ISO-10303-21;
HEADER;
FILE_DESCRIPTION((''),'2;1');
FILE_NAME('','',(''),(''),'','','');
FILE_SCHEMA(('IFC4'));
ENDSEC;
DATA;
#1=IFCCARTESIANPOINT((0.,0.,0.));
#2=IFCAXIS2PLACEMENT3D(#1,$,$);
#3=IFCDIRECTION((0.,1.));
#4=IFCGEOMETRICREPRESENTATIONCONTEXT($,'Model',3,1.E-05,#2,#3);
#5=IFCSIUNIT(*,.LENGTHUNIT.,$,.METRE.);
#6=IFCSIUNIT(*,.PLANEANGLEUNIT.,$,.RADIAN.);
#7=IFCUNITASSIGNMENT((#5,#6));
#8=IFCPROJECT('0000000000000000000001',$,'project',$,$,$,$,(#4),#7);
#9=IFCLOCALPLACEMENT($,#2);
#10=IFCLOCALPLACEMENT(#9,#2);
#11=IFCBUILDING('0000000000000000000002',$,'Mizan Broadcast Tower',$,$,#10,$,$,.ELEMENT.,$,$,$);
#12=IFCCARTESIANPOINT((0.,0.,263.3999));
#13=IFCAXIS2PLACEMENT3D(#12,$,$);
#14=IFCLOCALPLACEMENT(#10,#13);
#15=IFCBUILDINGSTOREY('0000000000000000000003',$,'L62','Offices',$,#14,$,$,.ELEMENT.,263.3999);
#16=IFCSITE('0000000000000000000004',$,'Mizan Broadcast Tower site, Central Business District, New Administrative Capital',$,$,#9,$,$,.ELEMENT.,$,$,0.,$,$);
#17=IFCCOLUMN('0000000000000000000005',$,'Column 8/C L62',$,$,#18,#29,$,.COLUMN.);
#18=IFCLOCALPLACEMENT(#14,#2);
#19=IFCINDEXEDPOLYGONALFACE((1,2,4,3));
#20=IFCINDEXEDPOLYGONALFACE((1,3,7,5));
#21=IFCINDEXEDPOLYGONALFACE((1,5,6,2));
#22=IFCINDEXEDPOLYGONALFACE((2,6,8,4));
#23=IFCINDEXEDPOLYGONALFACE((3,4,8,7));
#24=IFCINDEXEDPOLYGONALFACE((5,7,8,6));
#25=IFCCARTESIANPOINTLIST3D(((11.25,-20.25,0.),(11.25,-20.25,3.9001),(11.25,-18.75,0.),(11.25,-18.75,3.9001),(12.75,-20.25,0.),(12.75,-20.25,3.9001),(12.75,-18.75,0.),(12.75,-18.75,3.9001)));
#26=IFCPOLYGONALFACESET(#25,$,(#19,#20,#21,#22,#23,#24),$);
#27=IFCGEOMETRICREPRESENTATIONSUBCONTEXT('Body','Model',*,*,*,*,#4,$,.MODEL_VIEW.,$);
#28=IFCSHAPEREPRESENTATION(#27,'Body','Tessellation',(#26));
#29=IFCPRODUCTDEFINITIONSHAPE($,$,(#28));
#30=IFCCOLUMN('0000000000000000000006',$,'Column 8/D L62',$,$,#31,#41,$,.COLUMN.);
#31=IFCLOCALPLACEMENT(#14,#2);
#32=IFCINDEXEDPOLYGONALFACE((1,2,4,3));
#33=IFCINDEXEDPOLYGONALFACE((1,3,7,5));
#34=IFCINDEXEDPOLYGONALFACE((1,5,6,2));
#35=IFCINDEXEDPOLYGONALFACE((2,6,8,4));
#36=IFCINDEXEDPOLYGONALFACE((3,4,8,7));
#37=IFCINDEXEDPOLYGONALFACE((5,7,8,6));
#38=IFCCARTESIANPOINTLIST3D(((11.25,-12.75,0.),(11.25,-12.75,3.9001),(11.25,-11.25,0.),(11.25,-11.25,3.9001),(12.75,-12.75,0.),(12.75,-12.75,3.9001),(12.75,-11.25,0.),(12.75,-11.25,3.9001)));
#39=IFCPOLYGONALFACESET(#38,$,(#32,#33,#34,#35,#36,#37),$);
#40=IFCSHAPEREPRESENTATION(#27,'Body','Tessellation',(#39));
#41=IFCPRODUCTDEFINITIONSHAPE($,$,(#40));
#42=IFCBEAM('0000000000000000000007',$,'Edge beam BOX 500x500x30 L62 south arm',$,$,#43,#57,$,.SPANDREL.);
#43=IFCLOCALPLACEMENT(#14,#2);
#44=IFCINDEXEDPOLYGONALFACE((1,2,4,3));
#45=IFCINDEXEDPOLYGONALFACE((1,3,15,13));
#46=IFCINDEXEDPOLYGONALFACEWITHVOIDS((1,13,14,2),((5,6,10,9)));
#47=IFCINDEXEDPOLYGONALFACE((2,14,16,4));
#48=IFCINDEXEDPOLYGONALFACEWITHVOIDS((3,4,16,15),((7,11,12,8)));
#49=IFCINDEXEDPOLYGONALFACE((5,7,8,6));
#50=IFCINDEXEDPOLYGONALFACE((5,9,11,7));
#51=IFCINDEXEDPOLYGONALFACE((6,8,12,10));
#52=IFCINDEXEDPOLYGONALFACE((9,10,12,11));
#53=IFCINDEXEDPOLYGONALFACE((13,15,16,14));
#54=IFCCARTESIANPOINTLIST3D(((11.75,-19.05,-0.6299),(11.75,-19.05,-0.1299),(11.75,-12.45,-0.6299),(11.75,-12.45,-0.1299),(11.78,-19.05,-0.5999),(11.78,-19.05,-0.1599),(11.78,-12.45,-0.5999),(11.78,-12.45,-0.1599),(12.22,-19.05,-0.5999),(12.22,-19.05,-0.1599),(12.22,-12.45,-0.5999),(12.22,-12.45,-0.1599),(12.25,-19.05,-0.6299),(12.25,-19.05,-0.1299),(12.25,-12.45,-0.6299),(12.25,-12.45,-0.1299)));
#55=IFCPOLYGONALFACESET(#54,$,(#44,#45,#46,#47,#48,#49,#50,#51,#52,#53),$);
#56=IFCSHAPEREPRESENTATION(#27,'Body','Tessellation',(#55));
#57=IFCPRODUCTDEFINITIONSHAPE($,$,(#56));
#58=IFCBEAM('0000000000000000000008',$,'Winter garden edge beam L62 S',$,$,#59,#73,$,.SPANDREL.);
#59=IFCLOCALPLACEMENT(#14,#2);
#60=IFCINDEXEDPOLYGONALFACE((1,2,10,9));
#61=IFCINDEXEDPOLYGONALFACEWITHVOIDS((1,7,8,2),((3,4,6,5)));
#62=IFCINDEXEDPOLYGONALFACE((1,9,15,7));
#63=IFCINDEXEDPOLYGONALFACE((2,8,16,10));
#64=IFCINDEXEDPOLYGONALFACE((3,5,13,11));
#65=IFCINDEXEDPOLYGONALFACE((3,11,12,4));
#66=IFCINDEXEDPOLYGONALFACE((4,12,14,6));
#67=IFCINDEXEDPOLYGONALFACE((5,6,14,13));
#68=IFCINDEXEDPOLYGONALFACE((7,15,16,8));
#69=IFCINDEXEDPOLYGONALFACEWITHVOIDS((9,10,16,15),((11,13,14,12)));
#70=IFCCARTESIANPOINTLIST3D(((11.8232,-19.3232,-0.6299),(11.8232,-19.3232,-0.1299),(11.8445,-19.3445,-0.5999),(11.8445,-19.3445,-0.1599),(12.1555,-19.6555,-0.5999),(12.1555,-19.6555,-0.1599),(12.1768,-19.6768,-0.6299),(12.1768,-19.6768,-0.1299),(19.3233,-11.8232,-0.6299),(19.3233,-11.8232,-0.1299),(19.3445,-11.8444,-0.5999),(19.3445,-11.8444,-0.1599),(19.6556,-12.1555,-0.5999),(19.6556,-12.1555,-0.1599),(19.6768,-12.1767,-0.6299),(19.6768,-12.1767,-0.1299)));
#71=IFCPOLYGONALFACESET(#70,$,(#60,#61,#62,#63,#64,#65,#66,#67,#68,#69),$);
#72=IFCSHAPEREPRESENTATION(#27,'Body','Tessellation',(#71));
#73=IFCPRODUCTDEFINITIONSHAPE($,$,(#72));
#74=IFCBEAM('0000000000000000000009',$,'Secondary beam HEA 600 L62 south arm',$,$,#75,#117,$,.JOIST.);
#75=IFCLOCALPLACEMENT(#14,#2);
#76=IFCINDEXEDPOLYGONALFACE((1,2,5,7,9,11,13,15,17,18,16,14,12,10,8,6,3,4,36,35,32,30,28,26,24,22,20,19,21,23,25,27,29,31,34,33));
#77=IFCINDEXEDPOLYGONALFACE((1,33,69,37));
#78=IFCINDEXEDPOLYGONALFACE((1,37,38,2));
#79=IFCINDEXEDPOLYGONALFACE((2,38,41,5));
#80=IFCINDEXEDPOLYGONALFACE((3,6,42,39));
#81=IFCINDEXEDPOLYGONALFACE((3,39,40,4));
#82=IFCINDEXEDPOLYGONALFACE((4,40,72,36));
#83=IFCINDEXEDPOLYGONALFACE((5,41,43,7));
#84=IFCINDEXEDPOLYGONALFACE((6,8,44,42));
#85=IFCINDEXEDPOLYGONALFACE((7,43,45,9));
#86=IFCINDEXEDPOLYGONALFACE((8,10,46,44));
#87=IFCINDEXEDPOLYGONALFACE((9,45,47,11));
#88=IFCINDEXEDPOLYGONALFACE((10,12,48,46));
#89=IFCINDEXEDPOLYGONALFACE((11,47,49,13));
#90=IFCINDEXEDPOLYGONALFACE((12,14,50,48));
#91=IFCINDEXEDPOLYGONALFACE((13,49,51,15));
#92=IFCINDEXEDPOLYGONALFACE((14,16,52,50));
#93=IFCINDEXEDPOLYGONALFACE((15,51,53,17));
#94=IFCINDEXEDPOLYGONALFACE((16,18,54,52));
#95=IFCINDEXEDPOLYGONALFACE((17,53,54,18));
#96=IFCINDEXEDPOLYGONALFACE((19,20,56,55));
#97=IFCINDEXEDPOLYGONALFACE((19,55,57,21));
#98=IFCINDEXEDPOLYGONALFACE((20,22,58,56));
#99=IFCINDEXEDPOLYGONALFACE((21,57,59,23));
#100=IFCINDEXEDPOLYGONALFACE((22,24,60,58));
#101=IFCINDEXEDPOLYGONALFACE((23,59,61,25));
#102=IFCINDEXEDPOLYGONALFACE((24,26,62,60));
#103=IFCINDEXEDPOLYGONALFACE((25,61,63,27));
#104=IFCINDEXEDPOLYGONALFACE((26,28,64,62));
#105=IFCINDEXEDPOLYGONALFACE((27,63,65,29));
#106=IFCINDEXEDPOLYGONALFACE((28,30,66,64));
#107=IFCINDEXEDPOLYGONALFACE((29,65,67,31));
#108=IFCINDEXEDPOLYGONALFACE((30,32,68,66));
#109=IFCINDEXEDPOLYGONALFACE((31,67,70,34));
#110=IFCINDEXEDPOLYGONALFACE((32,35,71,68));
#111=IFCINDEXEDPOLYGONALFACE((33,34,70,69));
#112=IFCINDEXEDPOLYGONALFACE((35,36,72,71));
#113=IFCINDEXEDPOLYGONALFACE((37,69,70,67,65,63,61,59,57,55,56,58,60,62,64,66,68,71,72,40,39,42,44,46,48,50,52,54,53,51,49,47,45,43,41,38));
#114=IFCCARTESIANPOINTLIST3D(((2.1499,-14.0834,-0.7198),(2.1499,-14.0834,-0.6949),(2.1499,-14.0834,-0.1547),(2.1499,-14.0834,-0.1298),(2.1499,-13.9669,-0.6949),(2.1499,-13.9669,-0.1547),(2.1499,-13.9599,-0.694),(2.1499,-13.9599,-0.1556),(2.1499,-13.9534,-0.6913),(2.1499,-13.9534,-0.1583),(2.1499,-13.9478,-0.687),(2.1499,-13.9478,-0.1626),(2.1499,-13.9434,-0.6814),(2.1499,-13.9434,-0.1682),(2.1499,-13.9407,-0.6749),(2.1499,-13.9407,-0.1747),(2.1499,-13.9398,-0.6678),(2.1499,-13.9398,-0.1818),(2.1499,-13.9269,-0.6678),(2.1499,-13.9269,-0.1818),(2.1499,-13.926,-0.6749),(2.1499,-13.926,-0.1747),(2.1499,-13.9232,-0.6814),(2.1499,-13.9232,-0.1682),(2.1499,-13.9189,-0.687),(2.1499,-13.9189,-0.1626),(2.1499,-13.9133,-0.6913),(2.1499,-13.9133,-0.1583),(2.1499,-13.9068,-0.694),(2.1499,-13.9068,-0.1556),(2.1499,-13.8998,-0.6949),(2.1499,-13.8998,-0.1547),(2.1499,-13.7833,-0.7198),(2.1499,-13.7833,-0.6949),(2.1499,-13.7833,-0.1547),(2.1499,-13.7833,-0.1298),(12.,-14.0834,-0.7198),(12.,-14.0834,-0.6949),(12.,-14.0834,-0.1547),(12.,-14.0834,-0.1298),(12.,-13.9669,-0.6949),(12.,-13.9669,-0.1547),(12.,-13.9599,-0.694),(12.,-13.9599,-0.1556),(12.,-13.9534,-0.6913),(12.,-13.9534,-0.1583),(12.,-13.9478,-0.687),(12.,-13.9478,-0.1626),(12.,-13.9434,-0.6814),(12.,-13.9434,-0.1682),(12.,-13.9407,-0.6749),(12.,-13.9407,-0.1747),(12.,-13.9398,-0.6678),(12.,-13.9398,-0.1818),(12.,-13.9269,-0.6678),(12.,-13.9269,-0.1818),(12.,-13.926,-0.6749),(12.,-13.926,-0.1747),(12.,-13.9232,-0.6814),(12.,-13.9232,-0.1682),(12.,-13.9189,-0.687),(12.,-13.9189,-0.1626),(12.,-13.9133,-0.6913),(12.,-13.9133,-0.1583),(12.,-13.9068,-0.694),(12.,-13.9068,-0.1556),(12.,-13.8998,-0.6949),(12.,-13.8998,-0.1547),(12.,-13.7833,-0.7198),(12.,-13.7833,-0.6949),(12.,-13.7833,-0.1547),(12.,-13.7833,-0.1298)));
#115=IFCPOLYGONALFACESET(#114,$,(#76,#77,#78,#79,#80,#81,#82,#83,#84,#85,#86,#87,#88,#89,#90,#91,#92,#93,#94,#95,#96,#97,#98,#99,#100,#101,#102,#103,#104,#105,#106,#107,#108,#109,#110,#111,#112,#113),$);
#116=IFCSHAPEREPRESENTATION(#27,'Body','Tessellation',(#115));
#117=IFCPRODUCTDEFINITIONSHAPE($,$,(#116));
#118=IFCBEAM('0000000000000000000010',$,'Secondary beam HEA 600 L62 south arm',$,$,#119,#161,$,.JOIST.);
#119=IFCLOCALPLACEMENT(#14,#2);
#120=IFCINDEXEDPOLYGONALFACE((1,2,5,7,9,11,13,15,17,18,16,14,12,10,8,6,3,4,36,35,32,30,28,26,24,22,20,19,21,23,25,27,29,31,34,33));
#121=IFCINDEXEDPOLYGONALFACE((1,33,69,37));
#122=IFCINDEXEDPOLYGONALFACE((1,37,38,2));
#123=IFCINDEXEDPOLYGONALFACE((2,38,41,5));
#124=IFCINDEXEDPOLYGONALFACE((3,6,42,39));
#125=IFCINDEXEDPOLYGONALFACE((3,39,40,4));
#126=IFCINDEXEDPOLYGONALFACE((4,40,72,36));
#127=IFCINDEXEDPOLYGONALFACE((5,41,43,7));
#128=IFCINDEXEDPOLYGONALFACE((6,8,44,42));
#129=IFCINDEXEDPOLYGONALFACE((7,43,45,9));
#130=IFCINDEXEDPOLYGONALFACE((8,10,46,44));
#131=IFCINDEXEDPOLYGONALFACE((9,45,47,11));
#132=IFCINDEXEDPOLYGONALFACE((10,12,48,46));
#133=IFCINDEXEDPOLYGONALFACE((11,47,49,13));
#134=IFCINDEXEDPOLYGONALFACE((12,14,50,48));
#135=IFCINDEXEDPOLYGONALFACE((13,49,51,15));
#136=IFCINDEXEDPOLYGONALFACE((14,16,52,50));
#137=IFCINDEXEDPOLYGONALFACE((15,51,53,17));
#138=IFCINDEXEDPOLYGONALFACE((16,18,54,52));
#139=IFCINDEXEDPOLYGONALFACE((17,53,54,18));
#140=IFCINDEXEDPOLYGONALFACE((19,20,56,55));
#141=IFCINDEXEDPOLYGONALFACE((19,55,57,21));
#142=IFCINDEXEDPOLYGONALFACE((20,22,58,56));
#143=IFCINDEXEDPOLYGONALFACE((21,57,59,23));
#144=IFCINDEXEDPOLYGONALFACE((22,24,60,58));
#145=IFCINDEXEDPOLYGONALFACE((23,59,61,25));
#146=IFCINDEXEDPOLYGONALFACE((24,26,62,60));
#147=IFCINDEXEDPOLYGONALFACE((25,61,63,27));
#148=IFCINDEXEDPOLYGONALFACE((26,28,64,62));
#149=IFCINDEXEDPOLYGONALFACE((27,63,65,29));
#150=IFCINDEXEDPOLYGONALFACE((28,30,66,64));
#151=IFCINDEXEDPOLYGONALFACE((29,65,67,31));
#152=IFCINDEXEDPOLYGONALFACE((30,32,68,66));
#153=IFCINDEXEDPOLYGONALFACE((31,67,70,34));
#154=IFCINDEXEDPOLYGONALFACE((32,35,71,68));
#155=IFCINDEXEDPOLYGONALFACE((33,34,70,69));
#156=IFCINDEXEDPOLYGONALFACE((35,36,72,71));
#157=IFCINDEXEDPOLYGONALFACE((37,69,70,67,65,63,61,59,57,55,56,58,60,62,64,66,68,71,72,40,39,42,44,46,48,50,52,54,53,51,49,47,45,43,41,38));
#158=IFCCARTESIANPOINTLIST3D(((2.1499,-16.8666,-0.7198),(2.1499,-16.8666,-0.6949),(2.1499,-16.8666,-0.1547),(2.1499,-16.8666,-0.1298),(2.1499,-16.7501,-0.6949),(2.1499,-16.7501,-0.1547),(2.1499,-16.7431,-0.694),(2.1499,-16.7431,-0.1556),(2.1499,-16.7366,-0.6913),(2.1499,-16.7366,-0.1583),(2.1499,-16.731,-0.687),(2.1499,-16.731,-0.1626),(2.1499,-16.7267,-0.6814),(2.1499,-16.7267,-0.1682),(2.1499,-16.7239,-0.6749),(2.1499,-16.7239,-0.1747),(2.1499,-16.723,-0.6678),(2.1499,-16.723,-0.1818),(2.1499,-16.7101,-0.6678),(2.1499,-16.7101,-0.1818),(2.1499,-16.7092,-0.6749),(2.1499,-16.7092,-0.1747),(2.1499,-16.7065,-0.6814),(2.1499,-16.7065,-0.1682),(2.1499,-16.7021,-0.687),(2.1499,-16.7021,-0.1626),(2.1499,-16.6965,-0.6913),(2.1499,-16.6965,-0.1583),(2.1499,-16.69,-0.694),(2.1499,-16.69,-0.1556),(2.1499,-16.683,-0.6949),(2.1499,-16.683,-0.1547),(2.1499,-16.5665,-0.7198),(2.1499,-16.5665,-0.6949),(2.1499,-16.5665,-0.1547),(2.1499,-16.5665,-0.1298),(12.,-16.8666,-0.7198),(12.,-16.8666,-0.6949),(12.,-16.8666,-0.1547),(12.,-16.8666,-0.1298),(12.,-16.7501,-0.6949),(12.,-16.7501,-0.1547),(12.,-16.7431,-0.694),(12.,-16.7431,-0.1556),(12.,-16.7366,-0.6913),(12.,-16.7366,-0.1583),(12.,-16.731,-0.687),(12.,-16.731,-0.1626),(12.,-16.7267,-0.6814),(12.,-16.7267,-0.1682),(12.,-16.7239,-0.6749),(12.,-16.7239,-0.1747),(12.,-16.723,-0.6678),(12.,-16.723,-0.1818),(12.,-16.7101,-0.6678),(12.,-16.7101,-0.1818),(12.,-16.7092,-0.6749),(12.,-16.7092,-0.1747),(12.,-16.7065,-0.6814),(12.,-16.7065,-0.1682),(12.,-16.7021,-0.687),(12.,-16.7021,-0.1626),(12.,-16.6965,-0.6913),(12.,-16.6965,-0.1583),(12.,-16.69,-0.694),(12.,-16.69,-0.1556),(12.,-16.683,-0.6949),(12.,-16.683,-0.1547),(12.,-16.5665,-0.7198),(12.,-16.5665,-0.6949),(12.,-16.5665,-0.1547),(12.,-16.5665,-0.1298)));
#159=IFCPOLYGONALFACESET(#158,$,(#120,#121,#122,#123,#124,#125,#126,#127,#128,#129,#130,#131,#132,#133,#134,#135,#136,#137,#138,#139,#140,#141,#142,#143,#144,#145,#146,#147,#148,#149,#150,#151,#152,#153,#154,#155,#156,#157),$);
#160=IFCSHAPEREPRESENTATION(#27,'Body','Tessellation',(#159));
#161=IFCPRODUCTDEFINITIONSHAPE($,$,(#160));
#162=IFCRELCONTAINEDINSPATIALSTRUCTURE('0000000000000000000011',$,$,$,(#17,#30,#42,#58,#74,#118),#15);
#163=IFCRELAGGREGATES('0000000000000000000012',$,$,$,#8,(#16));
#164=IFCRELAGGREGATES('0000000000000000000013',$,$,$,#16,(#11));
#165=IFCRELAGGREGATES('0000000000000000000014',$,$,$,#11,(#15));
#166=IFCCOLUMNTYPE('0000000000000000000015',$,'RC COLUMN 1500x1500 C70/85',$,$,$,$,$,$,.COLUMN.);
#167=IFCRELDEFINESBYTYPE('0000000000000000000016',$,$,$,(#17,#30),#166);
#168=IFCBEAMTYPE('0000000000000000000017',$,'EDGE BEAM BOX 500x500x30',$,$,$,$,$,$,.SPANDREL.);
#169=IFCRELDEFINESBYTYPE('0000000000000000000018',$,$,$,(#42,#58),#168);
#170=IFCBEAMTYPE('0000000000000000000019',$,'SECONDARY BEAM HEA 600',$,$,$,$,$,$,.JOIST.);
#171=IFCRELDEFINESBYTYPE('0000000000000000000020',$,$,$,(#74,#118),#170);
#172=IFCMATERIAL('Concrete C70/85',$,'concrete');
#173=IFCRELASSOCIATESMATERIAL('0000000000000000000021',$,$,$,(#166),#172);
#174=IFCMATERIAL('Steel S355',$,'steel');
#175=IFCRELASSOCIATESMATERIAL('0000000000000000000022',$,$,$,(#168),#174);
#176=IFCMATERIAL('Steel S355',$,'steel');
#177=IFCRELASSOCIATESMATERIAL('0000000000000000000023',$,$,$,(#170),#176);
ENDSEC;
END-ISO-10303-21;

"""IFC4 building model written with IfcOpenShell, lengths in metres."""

from ifc_helpers import new_model, si_unit, direction, frame, origin, origin_2d, place, context, subcontext, project, spatial, rectangle, hollow_rectangle, i_section, extrude, material, material_profile, profile_set, type_object, element, save


model = new_model("IFC4")

# Units and contexts
model_context = context("Model", 3, precision=1e-05, world=origin(), true_north=direction((0.0, 1.0)))
body_context = subcontext(model_context, "Body", "Model", "MODEL_VIEW")
ifc_project = project(units=[si_unit("LENGTHUNIT", "METRE"), si_unit("PLANEANGLEUNIT", "RADIAN")], contexts=[model_context])

# Site, building, storey
site_placement = place(None, origin())
site = spatial("IfcSite", under=ifc_project, at=site_placement, Name="Mizan Broadcast Tower site, Central Business District, New Administrative Capital", CompositionType="ELEMENT", RefElevation=0.0)
building_placement = place(site_placement, origin())
building = spatial("IfcBuilding", under=site, at=building_placement, Name="Mizan Broadcast Tower", CompositionType="ELEMENT")
storey_placement = place(building_placement, frame((0.0, 0.0, 263.3999)))
storey = spatial("IfcBuildingStorey", under=building, at=storey_placement, Name="L62", Description="Offices", CompositionType="ELEMENT", Elevation=263.3999)

# Columns
ifc_material_1 = material(Name="Concrete C70/85", Category="concrete")
ifc_material_profile_1 = material_profile(ifc_material_1, rectangle(XDim=1.5, YDim=1.5, at=origin_2d()), Name="RC 1500x1500")
ifc_profile_set_1 = profile_set([ifc_material_profile_1], Name="Concrete C70/85")
column_type = type_object("IfcColumnType", Name="RC COLUMN 1500x1500 C70/85", PredefinedType="COLUMN", material=ifc_profile_set_1)
for number, where, z_axis, x_axis, name in (
    (1, (12.0, -19.5, 0.0), (0.0, 0.0, 1.0), (1.0, 0.0, 0.0), "Column 8/C L62"),
    (2, (12.0, -12.0, 0.0), (0.0, 0.0, 1.0), (1.0, 0.0, 0.0), "Column 8/D L62"),
):
    element("IfcColumn", number, at=place(storey_placement, frame(where, z_axis=z_axis, x_axis=x_axis)), inside=storey, type_object=column_type, Name=name, PredefinedType="COLUMN", context=body_context, shape_type="SweptSolid", body=[
        extrude(rectangle(XDim=1.5, YDim=1.5, at=origin_2d()), origin(), (0.0, 0.0, 1.0), 3.9001),
    ])

# Beams
ifc_material_2 = material(Name="Steel S355", Category="steel")
ifc_material_profile_2 = material_profile(ifc_material_2, hollow_rectangle(XDim=0.5, YDim=0.5, WallThickness=0.03, at=origin_2d()), Name="BOX 500x500x30")
ifc_profile_set_2 = profile_set([ifc_material_profile_2], Name="Steel S355")
beam_type_1 = type_object("IfcBeamType", Name="EDGE BEAM BOX 500x500x30", PredefinedType="SPANDREL", material=ifc_profile_set_2)
beam_1_placement = place(storey_placement, frame((12.0, -12.45, -0.3799), z_axis=(0.0, -1.0, 0.0), x_axis=(1.0, 0.0, 0.0)))
element("IfcBeam", 3, at=beam_1_placement, inside=storey, type_object=beam_type_1, Name="Edge beam BOX 500x500x30 L62 south arm", PredefinedType="SPANDREL", context=body_context, shape_type="SweptSolid", body=[
    extrude(hollow_rectangle(XDim=0.5, YDim=0.5, WallThickness=0.03, at=origin_2d()), origin(), (0.0, 0.0, 1.0), 6.6001),
])
beam_2_placement = place(storey_placement, frame((12.0, -19.5, -0.3799), z_axis=(0.707107, 0.707107, 0.0), x_axis=(-0.707107, 0.707107, 0.0)))
element("IfcBeam", 4, at=beam_2_placement, inside=storey, type_object=beam_type_1, Name="Winter garden edge beam L62 S", PredefinedType="SPANDREL", context=body_context, shape_type="SweptSolid", body=[
    extrude(hollow_rectangle(XDim=0.5, YDim=0.5, WallThickness=0.03, at=origin_2d()), origin(), (0.0, 0.0, 1.0), 10.6067),
])
ifc_material_3 = material(Name="Steel S355", Category="steel")
ifc_material_profile_3 = material_profile(ifc_material_3, i_section(OverallWidth=0.3, OverallDepth=0.5901, WebThickness=0.0129, FlangeThickness=0.0249, FilletRadius=0.0271, at=origin_2d()), Name="HEA 600")
ifc_profile_set_3 = profile_set([ifc_material_profile_3], Name="Steel S355")
beam_type_2 = type_object("IfcBeamType", Name="SECONDARY BEAM HEA 600", PredefinedType="JOIST", material=ifc_profile_set_3)
for number, where, z_axis, x_axis, name in (
    (5, (12.0, -13.9333, -0.4248), (-1.0, 0.0, 0.0), (0.0, -1.0, 0.0), "Secondary beam HEA 600 L62 south arm"),
    (6, (12.0, -16.7166, -0.4248), (-1.0, 0.0, 0.0), (0.0, -1.0, 0.0), "Secondary beam HEA 600 L62 south arm"),
):
    element("IfcBeam", number, at=place(storey_placement, frame(where, z_axis=z_axis, x_axis=x_axis)), inside=storey, type_object=beam_type_2, Name=name, PredefinedType="JOIST", context=body_context, shape_type="SweptSolid", body=[
        extrude(i_section(OverallWidth=0.3, OverallDepth=0.5901, WebThickness=0.0129, FlangeThickness=0.0249, FilletRadius=0.0271, at=origin_2d()), origin(), (0.0, 0.0, 1.0), 9.8501),
    ])

save(model, "model.ifc")
